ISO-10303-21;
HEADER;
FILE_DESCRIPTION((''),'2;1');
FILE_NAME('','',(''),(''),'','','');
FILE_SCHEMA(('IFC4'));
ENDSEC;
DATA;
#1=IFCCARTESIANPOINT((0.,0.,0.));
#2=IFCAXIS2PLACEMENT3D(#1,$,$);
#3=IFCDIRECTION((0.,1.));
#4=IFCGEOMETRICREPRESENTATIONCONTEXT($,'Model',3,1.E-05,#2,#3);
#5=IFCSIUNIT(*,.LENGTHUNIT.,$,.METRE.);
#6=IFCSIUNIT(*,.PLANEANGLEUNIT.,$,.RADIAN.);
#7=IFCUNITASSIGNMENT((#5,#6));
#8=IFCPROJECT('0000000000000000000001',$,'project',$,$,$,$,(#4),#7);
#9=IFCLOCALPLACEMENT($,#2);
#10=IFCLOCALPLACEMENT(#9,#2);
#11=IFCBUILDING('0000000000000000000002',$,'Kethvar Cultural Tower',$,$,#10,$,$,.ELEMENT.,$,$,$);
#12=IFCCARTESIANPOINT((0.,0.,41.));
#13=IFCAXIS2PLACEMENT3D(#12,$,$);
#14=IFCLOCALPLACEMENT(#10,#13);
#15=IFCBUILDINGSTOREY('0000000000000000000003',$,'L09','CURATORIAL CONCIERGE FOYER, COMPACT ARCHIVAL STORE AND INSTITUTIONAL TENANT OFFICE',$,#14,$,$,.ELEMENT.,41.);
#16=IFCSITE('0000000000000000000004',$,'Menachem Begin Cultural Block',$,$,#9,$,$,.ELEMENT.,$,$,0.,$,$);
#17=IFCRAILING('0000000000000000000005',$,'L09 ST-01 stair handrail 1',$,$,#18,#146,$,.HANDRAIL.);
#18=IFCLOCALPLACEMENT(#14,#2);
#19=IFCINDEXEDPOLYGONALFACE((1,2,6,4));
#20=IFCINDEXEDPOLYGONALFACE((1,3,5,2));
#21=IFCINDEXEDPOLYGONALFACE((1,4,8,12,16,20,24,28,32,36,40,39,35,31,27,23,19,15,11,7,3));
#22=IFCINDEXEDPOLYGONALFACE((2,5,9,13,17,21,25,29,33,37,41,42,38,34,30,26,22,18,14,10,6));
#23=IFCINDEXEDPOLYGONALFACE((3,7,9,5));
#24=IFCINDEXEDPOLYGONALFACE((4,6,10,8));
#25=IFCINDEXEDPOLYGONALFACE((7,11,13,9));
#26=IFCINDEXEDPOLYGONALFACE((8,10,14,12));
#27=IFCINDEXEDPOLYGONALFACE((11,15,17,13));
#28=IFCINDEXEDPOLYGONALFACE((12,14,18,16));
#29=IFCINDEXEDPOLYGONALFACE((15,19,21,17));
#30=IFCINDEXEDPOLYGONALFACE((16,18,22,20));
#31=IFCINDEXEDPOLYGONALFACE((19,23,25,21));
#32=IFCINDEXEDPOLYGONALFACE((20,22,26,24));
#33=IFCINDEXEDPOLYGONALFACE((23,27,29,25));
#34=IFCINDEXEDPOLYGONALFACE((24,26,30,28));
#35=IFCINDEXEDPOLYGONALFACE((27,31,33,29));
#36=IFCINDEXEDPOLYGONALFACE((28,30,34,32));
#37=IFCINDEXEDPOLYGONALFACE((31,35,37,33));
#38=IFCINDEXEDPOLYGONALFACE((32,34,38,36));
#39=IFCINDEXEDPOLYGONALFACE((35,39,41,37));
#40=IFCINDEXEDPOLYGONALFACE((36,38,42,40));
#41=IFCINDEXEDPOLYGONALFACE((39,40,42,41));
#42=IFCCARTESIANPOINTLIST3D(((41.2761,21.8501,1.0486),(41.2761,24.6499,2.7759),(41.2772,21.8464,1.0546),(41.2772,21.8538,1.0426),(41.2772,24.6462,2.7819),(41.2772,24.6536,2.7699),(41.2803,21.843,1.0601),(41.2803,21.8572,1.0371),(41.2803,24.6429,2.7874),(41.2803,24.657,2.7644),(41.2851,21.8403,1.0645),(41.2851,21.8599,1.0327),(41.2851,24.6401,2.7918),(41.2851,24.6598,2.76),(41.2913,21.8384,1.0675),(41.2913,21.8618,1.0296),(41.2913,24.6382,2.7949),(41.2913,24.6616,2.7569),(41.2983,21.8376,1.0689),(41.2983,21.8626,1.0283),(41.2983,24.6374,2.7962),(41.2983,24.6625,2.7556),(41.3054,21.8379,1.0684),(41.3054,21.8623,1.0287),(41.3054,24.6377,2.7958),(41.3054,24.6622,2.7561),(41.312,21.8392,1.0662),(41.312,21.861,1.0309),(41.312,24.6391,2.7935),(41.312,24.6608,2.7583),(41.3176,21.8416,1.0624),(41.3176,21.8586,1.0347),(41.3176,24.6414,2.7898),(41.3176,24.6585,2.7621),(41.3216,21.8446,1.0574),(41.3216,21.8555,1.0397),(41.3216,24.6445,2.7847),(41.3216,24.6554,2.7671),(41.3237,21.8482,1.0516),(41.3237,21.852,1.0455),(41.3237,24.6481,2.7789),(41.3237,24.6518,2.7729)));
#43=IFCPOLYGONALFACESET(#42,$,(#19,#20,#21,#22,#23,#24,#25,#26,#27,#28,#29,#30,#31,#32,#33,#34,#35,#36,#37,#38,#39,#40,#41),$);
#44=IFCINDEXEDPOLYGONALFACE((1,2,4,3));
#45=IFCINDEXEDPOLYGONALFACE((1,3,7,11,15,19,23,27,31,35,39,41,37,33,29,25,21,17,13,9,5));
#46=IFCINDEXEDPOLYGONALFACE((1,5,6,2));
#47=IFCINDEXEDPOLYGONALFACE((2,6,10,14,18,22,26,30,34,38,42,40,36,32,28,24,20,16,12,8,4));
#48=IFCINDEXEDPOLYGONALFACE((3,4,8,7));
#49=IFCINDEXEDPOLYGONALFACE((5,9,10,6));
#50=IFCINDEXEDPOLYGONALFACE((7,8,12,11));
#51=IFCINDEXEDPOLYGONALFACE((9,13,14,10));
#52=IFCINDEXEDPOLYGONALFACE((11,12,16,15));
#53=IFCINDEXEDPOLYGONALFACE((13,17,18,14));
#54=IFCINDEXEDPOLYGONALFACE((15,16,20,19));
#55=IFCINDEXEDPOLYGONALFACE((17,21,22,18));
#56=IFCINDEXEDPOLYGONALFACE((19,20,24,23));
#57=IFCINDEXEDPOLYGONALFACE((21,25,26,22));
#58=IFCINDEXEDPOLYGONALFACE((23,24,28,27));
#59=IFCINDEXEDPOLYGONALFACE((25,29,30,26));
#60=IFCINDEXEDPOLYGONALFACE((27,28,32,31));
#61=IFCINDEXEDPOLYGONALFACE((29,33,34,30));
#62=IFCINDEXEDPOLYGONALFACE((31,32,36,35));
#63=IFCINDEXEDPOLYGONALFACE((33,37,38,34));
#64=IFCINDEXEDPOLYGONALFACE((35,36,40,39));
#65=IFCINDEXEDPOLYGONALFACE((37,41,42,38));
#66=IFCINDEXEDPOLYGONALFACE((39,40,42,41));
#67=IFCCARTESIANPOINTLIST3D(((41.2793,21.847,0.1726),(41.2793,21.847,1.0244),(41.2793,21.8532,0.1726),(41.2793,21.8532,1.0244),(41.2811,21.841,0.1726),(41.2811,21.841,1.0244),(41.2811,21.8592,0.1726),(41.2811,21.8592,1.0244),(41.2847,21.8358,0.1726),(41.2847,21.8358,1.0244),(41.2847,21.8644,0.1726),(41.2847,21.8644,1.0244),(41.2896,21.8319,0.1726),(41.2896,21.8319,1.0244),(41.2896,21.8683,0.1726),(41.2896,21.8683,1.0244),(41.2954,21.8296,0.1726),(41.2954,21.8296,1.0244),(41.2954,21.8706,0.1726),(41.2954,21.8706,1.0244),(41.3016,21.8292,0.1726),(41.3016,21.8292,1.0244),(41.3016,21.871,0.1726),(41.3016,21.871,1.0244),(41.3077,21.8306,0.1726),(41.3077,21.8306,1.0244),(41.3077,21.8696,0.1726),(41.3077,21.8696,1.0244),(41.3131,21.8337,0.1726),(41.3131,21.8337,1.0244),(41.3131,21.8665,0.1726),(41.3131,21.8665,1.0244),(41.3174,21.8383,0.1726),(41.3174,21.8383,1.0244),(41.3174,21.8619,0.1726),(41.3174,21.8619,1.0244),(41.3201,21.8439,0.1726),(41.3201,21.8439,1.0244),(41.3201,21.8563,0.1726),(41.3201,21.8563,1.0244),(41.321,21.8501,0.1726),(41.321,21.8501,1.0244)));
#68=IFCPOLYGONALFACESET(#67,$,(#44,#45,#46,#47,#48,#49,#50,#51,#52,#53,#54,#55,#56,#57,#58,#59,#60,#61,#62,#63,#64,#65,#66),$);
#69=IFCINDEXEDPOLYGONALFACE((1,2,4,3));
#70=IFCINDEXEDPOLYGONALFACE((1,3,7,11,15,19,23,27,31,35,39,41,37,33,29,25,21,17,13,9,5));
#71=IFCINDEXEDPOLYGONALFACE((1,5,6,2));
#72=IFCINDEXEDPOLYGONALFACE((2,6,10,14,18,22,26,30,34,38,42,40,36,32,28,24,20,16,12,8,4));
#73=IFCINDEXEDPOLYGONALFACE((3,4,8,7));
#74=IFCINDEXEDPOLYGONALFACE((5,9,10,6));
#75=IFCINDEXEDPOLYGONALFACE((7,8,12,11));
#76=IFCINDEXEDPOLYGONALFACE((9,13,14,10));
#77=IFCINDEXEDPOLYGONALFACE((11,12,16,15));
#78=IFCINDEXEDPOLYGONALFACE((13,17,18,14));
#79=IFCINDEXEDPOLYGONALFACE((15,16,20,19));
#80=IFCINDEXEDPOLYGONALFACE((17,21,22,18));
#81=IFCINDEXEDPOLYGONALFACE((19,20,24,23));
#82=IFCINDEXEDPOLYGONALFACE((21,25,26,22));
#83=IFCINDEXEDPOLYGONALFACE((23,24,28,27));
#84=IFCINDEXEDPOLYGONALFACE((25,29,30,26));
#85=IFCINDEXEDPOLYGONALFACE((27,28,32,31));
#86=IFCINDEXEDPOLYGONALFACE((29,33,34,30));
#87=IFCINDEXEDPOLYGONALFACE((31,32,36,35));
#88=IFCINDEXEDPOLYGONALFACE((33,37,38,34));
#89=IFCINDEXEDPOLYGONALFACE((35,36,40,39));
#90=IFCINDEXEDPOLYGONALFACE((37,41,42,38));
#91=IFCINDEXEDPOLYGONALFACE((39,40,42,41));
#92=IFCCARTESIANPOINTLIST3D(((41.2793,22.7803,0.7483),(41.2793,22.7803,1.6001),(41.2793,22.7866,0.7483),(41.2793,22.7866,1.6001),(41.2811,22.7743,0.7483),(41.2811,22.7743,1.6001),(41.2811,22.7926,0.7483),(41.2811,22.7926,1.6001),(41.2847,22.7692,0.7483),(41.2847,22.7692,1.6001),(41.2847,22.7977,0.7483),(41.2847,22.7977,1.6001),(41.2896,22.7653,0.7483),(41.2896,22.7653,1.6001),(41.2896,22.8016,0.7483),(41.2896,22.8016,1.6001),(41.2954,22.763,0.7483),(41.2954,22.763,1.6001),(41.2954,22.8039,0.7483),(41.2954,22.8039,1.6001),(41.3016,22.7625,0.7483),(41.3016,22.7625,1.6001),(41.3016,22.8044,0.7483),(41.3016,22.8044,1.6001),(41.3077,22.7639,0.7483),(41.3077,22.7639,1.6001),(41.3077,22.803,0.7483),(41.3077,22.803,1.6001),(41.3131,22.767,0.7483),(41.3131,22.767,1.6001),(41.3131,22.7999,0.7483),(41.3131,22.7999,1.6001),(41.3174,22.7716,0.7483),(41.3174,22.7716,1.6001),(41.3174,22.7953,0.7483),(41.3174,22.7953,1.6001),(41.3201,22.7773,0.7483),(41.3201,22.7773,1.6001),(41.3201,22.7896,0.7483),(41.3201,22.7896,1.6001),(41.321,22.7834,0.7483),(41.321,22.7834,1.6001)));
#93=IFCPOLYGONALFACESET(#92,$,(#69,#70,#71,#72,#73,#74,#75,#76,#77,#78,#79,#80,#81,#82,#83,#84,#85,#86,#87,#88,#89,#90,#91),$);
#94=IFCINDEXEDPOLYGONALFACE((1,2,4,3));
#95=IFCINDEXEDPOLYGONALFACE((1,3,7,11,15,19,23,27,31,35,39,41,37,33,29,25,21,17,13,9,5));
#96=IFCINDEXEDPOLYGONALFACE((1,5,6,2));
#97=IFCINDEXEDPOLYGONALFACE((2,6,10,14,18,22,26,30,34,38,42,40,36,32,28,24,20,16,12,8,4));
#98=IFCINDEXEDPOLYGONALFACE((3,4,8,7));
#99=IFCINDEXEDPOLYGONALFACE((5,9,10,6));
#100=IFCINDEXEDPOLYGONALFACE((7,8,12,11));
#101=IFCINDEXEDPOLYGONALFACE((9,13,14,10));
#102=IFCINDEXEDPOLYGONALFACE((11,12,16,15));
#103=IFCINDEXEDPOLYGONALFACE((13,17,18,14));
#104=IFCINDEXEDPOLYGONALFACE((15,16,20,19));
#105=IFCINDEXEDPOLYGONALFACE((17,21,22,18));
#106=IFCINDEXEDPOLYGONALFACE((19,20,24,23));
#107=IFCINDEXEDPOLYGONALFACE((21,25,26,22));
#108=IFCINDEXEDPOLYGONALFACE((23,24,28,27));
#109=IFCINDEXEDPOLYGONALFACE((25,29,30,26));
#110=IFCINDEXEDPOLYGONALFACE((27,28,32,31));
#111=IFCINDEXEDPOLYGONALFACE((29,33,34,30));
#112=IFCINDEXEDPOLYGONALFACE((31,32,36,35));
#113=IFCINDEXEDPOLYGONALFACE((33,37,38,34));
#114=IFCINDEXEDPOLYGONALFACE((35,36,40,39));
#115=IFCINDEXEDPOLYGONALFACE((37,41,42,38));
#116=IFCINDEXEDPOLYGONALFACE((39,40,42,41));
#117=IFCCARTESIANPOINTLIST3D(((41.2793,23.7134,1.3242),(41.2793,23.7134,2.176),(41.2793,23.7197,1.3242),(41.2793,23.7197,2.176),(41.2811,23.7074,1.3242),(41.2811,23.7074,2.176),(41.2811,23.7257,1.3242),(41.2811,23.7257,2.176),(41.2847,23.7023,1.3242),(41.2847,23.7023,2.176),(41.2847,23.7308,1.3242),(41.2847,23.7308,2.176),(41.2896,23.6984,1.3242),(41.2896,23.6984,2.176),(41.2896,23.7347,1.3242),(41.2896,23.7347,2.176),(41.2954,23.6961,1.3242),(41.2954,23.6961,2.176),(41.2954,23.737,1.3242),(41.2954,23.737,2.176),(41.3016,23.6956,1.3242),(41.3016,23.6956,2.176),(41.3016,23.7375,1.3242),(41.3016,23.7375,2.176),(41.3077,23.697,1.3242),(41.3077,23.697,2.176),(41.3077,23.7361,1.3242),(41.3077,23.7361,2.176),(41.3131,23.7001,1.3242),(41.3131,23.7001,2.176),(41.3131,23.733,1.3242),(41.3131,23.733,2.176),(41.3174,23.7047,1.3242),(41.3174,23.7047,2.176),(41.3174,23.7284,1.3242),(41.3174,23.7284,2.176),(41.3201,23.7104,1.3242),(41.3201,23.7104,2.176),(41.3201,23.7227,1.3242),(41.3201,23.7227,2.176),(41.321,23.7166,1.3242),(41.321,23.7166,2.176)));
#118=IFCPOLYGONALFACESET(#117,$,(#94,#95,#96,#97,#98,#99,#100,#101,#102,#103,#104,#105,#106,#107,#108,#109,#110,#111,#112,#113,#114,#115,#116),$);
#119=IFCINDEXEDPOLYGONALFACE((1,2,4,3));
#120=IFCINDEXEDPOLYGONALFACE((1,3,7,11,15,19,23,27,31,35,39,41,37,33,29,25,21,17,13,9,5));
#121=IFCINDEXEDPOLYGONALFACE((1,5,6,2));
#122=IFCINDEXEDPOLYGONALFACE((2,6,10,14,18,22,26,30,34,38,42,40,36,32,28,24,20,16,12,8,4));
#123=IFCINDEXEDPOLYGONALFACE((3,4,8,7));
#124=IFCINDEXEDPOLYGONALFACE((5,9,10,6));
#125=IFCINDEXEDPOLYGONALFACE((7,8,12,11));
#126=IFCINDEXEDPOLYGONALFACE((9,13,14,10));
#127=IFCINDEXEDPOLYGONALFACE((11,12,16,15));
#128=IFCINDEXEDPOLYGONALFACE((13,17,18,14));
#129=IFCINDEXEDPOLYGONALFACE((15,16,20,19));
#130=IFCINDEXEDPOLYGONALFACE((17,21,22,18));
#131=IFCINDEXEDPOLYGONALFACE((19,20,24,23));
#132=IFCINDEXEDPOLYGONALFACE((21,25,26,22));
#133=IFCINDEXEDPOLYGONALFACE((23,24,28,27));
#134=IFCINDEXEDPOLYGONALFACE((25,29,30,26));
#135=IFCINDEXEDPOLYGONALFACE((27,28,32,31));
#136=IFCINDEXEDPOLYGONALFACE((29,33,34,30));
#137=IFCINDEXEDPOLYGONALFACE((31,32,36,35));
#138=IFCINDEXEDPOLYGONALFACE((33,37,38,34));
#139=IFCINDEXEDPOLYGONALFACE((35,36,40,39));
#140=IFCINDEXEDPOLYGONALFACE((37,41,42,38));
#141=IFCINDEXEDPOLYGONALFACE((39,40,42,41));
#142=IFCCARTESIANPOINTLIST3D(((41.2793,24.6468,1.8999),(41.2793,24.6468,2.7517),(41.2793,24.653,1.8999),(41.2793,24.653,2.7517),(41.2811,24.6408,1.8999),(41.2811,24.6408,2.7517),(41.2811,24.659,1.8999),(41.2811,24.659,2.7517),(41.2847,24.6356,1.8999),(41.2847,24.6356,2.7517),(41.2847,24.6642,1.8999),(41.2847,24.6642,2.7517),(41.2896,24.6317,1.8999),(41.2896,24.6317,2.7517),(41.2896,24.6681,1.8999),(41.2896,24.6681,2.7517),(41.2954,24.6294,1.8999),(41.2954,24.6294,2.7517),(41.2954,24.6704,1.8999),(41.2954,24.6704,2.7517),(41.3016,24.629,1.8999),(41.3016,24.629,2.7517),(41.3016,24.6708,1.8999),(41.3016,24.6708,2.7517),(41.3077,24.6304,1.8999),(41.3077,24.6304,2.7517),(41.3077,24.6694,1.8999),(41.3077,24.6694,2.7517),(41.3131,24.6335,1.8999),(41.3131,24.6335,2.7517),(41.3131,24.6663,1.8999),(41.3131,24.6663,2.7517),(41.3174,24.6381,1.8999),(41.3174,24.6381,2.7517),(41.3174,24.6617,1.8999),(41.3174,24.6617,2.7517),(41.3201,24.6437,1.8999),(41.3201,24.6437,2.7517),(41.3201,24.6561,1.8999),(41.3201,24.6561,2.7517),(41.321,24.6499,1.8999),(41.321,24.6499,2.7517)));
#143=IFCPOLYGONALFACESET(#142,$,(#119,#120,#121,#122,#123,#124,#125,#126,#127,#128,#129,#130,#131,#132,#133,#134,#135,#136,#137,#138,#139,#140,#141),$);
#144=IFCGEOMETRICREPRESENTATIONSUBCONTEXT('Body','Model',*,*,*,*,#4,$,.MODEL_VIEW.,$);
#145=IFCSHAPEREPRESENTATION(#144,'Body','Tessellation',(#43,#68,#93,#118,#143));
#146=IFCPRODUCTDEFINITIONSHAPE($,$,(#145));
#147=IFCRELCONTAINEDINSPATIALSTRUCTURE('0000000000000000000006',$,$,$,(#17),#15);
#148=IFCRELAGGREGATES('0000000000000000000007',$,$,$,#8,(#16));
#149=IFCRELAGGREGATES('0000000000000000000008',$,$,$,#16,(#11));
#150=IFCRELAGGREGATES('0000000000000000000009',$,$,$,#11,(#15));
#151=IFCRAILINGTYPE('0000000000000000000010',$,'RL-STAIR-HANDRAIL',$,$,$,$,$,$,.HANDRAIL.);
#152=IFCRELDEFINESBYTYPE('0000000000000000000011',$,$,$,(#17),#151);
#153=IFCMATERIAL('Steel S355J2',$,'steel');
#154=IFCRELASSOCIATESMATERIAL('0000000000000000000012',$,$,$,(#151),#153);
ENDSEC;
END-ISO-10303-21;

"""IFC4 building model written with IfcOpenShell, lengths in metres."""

from ifc_helpers import new_model, si_unit, direction, frame, origin, origin_2d, place, context, subcontext, project, spatial, circle, extrude, material, type_object, element, save


model = new_model("IFC4")

# Units and contexts
model_context = context("Model", 3, precision=1e-05, world=origin(), true_north=direction((0.0, 1.0)))
body_context = subcontext(model_context, "Body", "Model", "MODEL_VIEW")
ifc_project = project(units=[si_unit("LENGTHUNIT", "METRE"), si_unit("PLANEANGLEUNIT", "RADIAN")], contexts=[model_context])

# Site, building, storey
site_placement = place(None, origin())
site = spatial("IfcSite", under=ifc_project, at=site_placement, Name="Menachem Begin Cultural Block", CompositionType="ELEMENT", RefElevation=0.0)
building_placement = place(site_placement, origin())
building = spatial("IfcBuilding", under=site, at=building_placement, Name="Kethvar Cultural Tower", CompositionType="ELEMENT")
storey_placement = place(building_placement, frame((0.0, 0.0, 41.0)))
storey = spatial("IfcBuildingStorey", under=building, at=storey_placement, Name="L09", Description="CURATORIAL CONCIERGE FOYER, COMPACT ARCHIVAL STORE AND INSTITUTIONAL TENANT OFFICE", CompositionType="ELEMENT", Elevation=41.0)

# Shared definitions
ifc_material_1 = material(Name="Steel S355J2", Category="steel")

# Railing
railing_type_1 = type_object("IfcRailingType", Name="RL-STAIR-HANDRAIL", PredefinedType="HANDRAIL", material=ifc_material_1)
railing_1_placement = place(storey_placement, frame((41.3, 21.8501, 0.1726)))
element("IfcRailing", 1, at=railing_1_placement, inside=storey, type_object=railing_type_1, Name="L09 ST-01 stair handrail 1", PredefinedType="HANDRAIL", context=body_context, shape_type="SweptSolid", body=[
    extrude(circle(Radius=0.0239, at=origin_2d()), frame((0.0, 0.0, 0.876), z_axis=(0.0, 0.851069, 0.525054), x_axis=(-1.0, 0.0, 0.0)), (0.0, 0.0, 1.0), 3.2898),
    extrude(circle(Radius=0.021, at=origin_2d()), origin(), (0.0, 0.0, 1.0), 0.8518),
    extrude(circle(Radius=0.021, at=origin_2d()), frame((0.0, 0.9333, 0.5757)), (0.0, 0.0, 1.0), 0.8518),
    extrude(circle(Radius=0.021, at=origin_2d()), frame((0.0, 1.8665, 1.1516)), (0.0, 0.0, 1.0), 0.8518),
    extrude(circle(Radius=0.021, at=origin_2d()), frame((0.0, 2.7998, 1.7273)), (0.0, 0.0, 1.0), 0.8518),
])

save(model, "model.ifc")
